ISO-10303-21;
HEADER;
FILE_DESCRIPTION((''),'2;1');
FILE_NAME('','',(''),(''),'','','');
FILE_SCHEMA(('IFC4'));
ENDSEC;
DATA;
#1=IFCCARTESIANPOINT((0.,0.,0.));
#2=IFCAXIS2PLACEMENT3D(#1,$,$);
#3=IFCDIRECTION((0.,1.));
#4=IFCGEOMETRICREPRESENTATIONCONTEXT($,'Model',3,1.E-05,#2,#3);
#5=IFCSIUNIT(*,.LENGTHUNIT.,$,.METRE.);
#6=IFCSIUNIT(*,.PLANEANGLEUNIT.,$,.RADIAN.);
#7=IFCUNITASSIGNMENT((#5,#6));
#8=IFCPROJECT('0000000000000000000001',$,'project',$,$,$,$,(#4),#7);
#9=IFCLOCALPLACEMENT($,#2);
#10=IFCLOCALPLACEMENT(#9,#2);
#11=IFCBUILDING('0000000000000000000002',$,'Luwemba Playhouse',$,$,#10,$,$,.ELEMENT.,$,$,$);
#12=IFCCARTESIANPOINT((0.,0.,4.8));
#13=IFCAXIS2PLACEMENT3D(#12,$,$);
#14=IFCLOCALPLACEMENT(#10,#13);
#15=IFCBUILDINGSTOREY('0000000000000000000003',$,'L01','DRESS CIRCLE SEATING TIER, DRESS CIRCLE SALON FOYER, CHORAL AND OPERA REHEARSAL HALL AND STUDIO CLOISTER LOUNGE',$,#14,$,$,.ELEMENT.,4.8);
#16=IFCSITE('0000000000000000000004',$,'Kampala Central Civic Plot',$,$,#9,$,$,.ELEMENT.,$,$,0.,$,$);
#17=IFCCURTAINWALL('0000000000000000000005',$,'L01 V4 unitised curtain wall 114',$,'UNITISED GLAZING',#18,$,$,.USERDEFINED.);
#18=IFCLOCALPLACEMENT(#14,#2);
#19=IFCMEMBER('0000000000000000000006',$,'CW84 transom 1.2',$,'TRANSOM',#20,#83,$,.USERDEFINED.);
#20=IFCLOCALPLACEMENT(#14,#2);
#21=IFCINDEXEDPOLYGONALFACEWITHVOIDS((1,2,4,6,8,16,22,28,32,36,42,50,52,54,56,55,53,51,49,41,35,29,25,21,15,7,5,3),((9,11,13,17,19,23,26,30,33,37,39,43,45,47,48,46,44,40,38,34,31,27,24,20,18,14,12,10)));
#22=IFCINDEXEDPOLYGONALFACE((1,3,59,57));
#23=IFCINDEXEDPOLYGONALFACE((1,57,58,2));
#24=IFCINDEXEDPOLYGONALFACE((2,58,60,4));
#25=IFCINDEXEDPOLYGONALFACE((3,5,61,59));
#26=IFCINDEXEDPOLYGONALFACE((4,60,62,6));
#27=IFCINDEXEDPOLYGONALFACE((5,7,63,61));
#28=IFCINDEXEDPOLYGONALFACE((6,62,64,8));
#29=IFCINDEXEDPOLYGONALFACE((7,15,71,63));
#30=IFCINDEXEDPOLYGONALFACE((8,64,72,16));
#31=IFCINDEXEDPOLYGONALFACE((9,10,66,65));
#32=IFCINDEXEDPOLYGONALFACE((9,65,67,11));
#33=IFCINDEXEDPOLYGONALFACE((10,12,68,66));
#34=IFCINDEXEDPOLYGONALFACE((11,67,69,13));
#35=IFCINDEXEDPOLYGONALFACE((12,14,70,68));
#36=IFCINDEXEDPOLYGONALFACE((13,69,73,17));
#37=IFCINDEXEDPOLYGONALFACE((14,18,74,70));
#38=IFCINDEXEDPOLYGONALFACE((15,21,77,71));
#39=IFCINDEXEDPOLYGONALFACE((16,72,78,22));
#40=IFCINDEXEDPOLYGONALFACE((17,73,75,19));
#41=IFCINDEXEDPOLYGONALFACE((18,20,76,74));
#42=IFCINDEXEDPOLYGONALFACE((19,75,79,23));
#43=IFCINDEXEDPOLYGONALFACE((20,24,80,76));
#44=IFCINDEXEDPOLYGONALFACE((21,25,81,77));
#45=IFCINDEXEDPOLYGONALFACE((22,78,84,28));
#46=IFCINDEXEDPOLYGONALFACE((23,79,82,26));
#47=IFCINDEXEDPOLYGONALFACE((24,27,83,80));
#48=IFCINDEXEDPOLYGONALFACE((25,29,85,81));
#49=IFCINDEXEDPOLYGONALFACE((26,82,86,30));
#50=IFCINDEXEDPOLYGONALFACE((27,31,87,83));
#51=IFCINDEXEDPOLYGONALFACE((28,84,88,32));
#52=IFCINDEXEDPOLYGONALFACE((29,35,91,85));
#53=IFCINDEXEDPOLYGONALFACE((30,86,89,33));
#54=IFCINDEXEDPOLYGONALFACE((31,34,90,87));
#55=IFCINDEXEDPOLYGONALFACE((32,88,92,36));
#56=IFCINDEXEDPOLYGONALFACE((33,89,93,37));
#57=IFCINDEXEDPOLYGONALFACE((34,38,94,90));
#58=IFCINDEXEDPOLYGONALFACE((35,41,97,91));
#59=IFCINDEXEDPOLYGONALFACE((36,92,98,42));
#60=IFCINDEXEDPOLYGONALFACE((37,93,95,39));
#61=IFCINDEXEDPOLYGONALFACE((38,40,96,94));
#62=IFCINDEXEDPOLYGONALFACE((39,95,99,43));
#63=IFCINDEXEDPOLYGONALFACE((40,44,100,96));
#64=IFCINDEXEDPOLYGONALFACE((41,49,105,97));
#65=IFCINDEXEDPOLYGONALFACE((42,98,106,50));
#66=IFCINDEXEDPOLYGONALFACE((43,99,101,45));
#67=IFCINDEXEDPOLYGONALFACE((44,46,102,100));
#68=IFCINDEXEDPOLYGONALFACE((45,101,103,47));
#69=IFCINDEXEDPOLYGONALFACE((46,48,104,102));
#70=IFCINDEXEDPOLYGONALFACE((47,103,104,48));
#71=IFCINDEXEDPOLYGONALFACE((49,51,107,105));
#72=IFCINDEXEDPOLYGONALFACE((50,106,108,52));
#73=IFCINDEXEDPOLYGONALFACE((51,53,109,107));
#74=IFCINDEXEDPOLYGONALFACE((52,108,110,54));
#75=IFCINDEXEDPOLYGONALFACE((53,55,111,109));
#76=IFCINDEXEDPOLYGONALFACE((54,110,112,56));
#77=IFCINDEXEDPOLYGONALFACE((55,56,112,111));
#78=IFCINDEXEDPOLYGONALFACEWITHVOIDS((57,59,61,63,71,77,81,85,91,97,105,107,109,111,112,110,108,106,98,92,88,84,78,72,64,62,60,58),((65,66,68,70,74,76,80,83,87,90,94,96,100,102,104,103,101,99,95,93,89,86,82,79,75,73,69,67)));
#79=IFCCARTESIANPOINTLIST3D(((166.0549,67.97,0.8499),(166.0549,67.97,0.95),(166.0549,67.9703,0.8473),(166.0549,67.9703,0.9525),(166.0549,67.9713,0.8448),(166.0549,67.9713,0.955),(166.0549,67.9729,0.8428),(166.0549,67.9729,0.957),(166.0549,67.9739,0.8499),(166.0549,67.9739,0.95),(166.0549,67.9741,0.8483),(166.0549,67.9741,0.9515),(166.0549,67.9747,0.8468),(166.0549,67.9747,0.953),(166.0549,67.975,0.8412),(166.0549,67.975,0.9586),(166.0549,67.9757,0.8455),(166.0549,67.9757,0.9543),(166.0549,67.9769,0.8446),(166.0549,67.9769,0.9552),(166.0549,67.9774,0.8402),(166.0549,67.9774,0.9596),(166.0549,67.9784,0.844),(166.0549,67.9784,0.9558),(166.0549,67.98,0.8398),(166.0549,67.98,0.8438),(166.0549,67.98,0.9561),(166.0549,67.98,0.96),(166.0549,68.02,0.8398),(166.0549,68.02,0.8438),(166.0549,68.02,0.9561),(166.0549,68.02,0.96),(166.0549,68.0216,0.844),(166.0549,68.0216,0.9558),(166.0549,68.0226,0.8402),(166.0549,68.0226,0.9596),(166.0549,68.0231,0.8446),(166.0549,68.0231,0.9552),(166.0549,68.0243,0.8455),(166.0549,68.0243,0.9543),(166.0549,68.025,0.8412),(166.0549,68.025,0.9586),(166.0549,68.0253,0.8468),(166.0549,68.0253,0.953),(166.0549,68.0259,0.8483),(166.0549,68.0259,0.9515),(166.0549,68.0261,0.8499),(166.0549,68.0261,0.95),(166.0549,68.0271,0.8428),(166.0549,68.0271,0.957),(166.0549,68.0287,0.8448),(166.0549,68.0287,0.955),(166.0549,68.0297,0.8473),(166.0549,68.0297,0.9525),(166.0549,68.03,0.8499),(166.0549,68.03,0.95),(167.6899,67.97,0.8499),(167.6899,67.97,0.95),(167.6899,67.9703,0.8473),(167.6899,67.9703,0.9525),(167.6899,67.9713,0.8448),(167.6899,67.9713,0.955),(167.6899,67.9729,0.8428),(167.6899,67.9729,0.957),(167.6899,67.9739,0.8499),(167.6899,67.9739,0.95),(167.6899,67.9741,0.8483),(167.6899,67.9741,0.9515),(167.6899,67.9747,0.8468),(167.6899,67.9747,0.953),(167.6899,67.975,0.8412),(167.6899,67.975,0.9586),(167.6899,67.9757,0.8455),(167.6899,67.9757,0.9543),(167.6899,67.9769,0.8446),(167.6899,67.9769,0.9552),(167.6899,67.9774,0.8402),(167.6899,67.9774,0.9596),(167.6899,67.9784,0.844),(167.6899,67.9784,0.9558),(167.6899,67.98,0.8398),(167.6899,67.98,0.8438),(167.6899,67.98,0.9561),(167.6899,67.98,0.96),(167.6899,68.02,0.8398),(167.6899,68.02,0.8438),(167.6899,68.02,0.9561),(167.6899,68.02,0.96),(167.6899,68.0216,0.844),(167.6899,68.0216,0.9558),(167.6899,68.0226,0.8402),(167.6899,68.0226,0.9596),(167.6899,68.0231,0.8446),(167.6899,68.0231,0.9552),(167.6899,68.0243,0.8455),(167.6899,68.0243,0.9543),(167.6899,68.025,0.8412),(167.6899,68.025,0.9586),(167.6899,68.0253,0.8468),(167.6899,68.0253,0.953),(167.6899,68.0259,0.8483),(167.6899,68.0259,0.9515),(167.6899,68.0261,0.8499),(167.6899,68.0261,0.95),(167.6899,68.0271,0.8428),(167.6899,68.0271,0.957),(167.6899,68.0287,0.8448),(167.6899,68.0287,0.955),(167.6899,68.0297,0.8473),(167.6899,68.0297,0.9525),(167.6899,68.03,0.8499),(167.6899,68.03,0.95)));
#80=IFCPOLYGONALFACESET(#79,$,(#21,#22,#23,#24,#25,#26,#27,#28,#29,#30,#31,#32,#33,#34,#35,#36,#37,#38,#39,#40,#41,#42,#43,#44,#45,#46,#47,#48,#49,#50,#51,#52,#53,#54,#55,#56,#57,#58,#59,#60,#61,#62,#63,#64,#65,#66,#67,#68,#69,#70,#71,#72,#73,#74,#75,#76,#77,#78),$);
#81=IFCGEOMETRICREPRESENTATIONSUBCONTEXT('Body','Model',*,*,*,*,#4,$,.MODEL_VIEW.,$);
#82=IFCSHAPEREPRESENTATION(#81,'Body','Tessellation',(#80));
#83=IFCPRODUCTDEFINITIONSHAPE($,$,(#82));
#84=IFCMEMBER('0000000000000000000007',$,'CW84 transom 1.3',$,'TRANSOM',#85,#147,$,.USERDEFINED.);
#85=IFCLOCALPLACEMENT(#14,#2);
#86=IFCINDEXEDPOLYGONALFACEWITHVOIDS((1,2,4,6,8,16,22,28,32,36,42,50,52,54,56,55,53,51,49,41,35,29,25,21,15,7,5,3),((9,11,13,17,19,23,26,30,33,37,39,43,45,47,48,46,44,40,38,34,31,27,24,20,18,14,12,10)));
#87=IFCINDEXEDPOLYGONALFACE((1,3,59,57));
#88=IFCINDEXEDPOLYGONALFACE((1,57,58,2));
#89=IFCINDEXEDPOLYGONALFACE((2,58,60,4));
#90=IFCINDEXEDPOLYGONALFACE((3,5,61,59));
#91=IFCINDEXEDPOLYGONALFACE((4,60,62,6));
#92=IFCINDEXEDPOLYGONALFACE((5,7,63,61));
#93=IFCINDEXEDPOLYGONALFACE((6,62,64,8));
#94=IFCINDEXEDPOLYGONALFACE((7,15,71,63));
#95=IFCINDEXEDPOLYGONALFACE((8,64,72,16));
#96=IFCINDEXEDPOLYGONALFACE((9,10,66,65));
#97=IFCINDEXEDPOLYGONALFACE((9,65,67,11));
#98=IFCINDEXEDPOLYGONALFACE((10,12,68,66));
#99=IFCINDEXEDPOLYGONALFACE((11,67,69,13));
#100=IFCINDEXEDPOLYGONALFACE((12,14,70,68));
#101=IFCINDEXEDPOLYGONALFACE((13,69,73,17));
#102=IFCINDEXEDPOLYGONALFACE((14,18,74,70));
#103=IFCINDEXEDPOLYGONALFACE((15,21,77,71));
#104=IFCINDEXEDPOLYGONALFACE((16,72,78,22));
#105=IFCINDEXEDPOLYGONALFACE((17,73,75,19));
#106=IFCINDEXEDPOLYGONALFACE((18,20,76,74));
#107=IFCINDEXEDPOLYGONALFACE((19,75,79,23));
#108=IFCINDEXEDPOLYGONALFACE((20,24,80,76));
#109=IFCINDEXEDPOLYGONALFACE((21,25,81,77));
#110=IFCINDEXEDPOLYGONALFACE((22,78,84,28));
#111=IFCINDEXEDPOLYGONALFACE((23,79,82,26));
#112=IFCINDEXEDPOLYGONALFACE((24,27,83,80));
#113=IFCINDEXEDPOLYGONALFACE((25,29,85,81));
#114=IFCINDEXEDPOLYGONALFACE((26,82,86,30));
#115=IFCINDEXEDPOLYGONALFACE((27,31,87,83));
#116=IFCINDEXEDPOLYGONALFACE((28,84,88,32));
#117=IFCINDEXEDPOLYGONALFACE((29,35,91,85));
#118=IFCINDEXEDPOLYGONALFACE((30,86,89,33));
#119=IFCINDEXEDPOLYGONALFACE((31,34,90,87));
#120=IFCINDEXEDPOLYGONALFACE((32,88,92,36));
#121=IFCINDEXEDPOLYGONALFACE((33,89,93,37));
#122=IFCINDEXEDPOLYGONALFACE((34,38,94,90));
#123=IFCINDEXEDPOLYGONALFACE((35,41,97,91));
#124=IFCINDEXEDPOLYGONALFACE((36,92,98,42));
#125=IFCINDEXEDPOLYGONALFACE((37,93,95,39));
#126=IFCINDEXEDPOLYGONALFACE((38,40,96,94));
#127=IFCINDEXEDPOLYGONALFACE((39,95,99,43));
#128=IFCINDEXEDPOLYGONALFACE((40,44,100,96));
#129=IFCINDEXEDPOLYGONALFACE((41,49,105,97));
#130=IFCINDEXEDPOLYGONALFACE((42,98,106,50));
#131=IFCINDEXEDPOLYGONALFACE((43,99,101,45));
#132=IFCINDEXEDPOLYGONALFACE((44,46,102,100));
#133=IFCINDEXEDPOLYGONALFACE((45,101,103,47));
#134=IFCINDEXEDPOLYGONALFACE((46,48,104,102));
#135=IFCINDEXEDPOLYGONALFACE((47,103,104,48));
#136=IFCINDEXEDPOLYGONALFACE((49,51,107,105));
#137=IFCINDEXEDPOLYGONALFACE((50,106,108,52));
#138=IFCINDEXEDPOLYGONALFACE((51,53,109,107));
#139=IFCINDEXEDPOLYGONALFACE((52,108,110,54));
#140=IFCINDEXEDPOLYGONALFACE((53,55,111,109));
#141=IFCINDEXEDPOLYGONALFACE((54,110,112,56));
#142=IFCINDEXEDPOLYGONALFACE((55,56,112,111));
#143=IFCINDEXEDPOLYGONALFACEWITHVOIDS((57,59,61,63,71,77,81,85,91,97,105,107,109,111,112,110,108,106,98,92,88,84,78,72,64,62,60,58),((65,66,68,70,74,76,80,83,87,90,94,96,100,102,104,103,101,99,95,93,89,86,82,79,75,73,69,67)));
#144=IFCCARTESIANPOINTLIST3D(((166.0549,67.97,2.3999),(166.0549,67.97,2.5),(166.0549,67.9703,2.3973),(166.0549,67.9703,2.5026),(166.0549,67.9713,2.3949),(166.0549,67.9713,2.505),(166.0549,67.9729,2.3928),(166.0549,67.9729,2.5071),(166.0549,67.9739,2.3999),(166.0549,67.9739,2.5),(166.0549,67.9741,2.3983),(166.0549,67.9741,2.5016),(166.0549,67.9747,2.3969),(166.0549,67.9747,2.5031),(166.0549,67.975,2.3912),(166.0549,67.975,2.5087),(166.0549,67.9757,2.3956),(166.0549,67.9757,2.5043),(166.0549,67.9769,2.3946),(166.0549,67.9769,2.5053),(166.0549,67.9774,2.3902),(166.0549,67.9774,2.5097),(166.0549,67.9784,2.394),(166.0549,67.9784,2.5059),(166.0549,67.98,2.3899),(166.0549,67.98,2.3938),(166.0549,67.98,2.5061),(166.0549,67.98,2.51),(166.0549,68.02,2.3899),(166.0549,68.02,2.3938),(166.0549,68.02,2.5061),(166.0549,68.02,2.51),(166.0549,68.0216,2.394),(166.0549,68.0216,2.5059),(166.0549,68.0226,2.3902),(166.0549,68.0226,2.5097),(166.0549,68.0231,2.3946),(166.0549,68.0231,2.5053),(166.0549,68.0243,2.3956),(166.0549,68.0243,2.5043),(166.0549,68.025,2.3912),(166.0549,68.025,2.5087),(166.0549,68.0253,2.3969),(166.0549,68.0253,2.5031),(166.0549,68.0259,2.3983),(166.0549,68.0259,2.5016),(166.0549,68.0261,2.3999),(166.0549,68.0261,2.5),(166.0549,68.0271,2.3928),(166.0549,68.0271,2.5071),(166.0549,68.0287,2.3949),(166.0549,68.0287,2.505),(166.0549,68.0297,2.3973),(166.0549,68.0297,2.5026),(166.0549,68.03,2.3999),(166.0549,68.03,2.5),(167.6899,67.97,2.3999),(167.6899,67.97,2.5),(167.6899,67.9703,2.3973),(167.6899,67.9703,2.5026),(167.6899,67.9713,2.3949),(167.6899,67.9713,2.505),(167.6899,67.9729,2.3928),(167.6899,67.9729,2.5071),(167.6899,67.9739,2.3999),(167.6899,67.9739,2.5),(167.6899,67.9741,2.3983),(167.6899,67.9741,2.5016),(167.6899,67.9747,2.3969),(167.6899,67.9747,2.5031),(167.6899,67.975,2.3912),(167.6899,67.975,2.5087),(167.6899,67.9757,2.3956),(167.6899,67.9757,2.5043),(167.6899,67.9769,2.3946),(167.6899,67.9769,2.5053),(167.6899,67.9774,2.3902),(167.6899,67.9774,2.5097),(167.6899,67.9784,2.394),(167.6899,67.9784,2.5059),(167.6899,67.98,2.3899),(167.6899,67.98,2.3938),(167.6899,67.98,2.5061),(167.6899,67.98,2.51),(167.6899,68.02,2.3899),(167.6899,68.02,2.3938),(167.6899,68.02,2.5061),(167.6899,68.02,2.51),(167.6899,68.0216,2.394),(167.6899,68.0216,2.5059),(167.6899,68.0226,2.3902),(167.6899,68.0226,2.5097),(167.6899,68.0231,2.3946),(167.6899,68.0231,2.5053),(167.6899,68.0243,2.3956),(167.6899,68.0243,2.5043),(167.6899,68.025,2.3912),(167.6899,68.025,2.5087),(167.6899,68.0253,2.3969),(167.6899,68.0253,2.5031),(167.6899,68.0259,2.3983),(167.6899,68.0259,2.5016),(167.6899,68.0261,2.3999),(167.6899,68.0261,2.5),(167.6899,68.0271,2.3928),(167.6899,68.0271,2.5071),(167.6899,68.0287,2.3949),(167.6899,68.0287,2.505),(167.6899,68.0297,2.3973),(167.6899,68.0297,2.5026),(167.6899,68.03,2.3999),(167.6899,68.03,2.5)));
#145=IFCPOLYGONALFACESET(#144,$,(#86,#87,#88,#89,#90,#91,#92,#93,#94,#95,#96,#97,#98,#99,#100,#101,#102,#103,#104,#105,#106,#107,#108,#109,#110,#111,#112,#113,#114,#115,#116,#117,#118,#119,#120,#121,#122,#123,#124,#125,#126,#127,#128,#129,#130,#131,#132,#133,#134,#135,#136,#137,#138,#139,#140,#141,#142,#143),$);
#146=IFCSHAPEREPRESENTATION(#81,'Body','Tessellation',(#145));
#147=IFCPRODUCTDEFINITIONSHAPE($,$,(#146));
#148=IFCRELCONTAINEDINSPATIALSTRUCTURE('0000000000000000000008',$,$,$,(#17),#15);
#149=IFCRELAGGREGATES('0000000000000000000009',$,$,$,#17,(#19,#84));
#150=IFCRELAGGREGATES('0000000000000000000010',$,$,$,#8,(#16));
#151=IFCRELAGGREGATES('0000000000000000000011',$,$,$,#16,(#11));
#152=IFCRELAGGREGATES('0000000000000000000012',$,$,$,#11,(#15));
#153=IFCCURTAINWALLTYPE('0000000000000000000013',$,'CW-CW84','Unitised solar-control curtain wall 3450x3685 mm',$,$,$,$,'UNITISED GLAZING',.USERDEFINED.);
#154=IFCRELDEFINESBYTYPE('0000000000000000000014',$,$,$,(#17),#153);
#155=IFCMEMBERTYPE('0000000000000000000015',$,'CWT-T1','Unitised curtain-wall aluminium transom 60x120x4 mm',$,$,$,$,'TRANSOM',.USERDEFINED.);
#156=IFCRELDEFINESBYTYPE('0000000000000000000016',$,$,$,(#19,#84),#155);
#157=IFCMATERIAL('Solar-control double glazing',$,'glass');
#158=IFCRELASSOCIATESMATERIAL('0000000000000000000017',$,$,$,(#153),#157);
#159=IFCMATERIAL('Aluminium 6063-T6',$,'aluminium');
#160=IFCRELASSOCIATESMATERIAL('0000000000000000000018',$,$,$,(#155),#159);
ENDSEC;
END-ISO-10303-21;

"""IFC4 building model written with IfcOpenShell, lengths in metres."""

from ifc_helpers import new_model, si_unit, direction, frame, origin, origin_2d, place, context, subcontext, project, spatial, hollow_rectangle, extrude, material, material_profile, profile_set, type_object, element, aggregate, save


model = new_model("IFC4")

# Units and contexts
model_context = context("Model", 3, precision=1e-05, world=origin(), true_north=direction((0.0, 1.0)))
body_context = subcontext(model_context, "Body", "Model", "MODEL_VIEW")
ifc_project = project(units=[si_unit("LENGTHUNIT", "METRE"), si_unit("PLANEANGLEUNIT", "RADIAN")], contexts=[model_context])

# Site, building, storey
site_placement = place(None, origin())
site = spatial("IfcSite", under=ifc_project, at=site_placement, Name="Kampala Central Civic Plot", CompositionType="ELEMENT", RefElevation=0.0)
building_placement = place(site_placement, origin())
building = spatial("IfcBuilding", under=site, at=building_placement, Name="Luwemba Playhouse", CompositionType="ELEMENT")
storey_placement = place(building_placement, frame((0.0, 0.0, 4.8)))
storey = spatial("IfcBuildingStorey", under=building, at=storey_placement, Name="L01", Description="DRESS CIRCLE SEATING TIER, DRESS CIRCLE SALON FOYER, CHORAL AND OPERA REHEARSAL HALL AND STUDIO CLOISTER LOUNGE", CompositionType="ELEMENT", Elevation=4.8)

# Curtain wall, members
ifc_material_1 = material(Name="Solar-control double glazing", Category="glass")
curtain_wall_type = type_object("IfcCurtainWallType", Name="CW-CW84", Description="Unitised solar-control curtain wall 3450x3685 mm", ElementType="UNITISED GLAZING", PredefinedType="USERDEFINED", material=ifc_material_1)
curtain_wall_placement = place(storey_placement, origin())
curtain_wall = element("IfcCurtainWall", 1, at=curtain_wall_placement, inside=storey, type_object=curtain_wall_type, Name="L01 V4 unitised curtain wall 114", ObjectType="UNITISED GLAZING", PredefinedType="USERDEFINED")
ifc_material_2 = material(Name="Aluminium 6063-T6", Category="aluminium")
ifc_material_profile_1 = material_profile(ifc_material_2, hollow_rectangle(XDim=0.0601, YDim=0.1201, WallThickness=0.0039, InnerFilletRadius=0.0061, OuterFilletRadius=0.01, at=origin_2d()))
ifc_profile_set_1 = profile_set([ifc_material_profile_1], Name="Aluminium 6063-T6")
member_type_1 = type_object("IfcMemberType", Name="CWT-T1", Description="Unitised curtain-wall aluminium transom 60x120x4 mm", ElementType="TRANSOM", PredefinedType="USERDEFINED", material=ifc_profile_set_1)
member_1_placement = place(storey_placement, frame((167.6899, 68.0, 0.8999), z_axis=(-1.0, 0.0, 0.0), x_axis=(0.0, -1.0, 0.0)))
member_1 = element("IfcMember", 2, at=member_1_placement, type_object=member_type_1, Name="CW84 transom 1.2", ObjectType="TRANSOM", PredefinedType="USERDEFINED", context=body_context, shape_type="SweptSolid", body=[
    extrude(hollow_rectangle(XDim=0.0601, YDim=0.1201, WallThickness=0.0039, InnerFilletRadius=0.0061, OuterFilletRadius=0.01, at=origin_2d()), origin(), (0.0, 0.0, 1.0), 1.635),
])
member_2_placement = place(storey_placement, frame((167.6899, 68.0, 2.45), z_axis=(-1.0, 0.0, 0.0), x_axis=(0.0, -1.0, 0.0)))
member_2 = element("IfcMember", 3, at=member_2_placement, type_object=member_type_1, Name="CW84 transom 1.3", ObjectType="TRANSOM", PredefinedType="USERDEFINED", context=body_context, shape_type="SweptSolid", body=[
    extrude(hollow_rectangle(XDim=0.0601, YDim=0.1201, WallThickness=0.0039, InnerFilletRadius=0.0061, OuterFilletRadius=0.01, at=origin_2d()), origin(), (0.0, 0.0, 1.0), 1.635),
])
aggregate(curtain_wall, [member_1, member_2])

save(model, "model.ifc")
